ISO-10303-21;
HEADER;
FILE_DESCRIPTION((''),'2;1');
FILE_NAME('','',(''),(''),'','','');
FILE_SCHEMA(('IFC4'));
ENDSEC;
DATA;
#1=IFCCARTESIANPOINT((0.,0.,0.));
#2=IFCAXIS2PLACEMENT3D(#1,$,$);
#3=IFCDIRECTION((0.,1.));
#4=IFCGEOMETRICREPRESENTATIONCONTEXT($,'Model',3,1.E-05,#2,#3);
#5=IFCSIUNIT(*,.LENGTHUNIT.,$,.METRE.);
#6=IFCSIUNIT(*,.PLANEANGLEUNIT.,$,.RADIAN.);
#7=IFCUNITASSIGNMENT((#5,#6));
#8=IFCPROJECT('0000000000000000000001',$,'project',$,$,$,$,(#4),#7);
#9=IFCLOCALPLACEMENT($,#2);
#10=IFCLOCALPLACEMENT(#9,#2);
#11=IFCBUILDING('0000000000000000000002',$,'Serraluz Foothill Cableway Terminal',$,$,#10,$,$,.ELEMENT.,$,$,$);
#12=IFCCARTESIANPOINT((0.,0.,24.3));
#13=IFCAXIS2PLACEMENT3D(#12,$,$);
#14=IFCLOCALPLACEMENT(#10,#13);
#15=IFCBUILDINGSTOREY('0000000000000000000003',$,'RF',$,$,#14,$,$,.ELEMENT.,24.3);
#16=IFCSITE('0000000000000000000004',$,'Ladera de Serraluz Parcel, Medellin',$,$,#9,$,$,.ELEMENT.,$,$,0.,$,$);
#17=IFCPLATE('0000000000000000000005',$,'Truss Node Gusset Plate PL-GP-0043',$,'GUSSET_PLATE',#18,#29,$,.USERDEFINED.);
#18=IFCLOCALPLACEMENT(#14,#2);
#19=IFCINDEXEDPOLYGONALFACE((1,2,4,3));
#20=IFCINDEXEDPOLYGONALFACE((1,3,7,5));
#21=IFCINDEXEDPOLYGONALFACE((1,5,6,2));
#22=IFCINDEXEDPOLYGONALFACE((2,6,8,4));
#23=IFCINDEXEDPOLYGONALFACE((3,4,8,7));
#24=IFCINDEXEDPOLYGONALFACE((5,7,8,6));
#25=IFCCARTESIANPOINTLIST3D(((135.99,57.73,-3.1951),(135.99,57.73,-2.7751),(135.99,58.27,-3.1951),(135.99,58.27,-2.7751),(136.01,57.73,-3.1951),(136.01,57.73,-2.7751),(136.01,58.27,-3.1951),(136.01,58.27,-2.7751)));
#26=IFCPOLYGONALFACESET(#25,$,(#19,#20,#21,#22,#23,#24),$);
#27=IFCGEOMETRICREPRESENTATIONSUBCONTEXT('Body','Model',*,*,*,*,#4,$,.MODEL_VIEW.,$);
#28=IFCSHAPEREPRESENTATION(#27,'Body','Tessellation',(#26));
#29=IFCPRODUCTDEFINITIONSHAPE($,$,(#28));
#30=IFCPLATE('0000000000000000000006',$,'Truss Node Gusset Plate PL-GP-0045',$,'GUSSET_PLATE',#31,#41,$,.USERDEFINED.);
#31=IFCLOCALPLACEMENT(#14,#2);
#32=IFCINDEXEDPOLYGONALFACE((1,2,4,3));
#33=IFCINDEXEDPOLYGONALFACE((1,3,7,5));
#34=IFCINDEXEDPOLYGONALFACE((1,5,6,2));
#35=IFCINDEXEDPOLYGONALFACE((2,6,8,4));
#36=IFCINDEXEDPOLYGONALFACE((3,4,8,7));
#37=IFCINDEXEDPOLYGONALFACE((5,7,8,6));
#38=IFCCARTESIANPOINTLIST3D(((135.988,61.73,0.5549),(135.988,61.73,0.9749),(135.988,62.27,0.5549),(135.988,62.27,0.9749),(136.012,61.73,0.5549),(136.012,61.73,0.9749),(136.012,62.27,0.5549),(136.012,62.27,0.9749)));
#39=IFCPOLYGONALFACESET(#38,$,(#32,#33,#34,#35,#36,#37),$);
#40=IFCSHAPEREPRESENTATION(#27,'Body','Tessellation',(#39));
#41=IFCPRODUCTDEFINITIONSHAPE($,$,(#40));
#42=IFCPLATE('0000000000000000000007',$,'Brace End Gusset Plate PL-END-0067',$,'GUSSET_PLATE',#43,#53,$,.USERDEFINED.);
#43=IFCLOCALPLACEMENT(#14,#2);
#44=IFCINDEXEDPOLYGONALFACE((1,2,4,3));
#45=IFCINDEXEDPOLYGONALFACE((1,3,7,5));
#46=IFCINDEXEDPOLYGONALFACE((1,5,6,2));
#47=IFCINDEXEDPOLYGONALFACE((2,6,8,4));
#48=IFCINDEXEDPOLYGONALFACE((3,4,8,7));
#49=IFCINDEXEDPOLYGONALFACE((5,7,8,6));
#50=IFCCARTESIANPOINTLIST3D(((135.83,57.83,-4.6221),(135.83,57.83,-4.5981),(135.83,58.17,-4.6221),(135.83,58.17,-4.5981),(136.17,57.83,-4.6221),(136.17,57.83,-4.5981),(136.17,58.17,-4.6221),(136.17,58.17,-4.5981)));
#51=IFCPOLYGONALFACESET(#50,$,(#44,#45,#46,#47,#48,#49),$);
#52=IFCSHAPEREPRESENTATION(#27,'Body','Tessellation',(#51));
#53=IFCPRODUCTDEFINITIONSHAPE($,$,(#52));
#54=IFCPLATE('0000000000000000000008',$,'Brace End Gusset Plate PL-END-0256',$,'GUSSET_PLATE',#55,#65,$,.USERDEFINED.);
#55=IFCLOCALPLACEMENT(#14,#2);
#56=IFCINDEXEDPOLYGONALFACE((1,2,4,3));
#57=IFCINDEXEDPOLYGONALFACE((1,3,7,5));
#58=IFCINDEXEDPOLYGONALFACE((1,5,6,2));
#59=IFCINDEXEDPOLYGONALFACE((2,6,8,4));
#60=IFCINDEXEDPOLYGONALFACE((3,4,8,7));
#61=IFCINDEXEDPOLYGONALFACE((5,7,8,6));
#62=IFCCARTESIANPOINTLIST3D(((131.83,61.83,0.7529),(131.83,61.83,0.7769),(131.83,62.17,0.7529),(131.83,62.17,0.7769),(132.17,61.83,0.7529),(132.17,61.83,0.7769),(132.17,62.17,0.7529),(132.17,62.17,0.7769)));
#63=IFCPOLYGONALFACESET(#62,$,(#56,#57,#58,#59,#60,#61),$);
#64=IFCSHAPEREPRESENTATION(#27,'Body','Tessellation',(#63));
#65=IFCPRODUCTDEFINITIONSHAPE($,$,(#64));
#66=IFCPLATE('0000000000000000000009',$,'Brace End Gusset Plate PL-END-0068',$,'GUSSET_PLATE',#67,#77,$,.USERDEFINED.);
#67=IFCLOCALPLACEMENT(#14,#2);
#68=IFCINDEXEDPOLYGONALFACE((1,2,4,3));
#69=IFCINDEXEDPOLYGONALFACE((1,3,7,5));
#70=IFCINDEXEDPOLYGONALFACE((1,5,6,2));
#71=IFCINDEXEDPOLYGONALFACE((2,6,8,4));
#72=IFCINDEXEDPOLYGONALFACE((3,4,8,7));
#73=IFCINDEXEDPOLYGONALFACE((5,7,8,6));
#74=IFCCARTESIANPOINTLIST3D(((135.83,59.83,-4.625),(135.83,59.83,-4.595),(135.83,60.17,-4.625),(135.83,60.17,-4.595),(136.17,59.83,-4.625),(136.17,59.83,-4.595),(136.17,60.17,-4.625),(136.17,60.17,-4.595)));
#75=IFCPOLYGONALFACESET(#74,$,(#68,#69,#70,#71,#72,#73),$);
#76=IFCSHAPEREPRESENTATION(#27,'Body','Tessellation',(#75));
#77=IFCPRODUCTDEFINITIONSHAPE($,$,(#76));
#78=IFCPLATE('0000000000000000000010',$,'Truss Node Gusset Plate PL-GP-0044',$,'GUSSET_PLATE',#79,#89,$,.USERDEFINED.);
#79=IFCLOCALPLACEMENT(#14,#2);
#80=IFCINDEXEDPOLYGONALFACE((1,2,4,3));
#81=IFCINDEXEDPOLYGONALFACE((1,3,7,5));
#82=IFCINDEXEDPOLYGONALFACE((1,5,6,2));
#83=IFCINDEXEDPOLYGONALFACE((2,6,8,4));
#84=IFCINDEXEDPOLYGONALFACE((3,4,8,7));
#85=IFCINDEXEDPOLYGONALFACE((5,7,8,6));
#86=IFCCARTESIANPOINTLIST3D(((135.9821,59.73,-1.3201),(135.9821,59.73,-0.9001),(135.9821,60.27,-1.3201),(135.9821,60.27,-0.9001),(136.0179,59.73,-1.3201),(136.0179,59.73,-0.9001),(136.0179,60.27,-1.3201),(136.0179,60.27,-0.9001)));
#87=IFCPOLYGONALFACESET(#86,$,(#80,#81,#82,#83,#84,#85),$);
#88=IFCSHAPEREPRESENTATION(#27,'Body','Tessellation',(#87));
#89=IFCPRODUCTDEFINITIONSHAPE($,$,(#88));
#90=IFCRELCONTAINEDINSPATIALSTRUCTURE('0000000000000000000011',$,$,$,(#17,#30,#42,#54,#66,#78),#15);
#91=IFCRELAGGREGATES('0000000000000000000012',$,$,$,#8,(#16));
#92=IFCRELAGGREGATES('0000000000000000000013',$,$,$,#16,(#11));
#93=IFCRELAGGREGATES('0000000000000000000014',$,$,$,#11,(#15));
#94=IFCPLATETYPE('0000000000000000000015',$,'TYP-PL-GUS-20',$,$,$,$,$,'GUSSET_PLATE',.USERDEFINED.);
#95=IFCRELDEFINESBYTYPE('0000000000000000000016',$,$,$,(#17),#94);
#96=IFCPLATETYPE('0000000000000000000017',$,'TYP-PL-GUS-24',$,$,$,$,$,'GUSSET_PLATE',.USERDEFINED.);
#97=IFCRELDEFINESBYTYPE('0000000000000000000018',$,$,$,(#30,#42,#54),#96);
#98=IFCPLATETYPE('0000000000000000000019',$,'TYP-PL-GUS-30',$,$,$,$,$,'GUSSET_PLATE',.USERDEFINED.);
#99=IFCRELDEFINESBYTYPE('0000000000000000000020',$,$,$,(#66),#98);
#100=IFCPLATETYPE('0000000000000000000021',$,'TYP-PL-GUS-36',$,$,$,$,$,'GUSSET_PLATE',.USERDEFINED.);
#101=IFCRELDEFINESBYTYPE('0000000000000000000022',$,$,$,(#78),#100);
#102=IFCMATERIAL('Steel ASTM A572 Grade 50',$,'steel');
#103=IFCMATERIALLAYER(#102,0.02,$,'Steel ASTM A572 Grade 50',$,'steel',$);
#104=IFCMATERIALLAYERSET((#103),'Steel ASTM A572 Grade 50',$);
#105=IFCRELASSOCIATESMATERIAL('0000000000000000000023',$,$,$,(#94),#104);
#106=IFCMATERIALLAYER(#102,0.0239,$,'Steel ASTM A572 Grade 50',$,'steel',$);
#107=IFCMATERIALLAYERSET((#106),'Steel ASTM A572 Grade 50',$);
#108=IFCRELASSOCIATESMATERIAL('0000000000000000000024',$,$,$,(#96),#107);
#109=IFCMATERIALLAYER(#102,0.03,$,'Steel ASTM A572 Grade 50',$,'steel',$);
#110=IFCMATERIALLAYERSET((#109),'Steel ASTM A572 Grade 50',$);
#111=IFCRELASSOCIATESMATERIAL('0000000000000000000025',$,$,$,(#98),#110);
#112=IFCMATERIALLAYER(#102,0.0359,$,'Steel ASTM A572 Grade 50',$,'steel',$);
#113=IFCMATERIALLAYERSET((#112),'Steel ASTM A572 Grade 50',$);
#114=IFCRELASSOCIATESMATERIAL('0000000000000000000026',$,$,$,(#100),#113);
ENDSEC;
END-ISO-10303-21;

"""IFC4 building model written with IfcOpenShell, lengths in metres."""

from ifc_helpers import new_model, si_unit, direction, frame, origin, origin_2d, place, context, subcontext, project, spatial, rectangle, extrude, material, layer, layer_set, type_object, element, save


model = new_model("IFC4")

# Units and contexts
model_context = context("Model", 3, precision=1e-05, world=origin(), true_north=direction((0.0, 1.0)))
body_context = subcontext(model_context, "Body", "Model", "MODEL_VIEW")
ifc_project = project(units=[si_unit("LENGTHUNIT", "METRE"), si_unit("PLANEANGLEUNIT", "RADIAN")], contexts=[model_context])

# Site, building, storey
site_placement = place(None, origin())
site = spatial("IfcSite", under=ifc_project, at=site_placement, Name="Ladera de Serraluz Parcel, Medellin", CompositionType="ELEMENT", RefElevation=0.0)
building_placement = place(site_placement, origin())
building = spatial("IfcBuilding", under=site, at=building_placement, Name="Serraluz Foothill Cableway Terminal", CompositionType="ELEMENT")
storey_placement = place(building_placement, frame((0.0, 0.0, 24.3)))
storey = spatial("IfcBuildingStorey", under=building, at=storey_placement, Name="RF", CompositionType="ELEMENT", Elevation=24.3)

# Shared definitions
ifc_material_1 = material(Name="Steel ASTM A572 Grade 50", Category="steel")

# Plates
ifc_layer_1 = layer(ifc_material_1, 0.02, Name="Steel ASTM A572 Grade 50", Category="steel")
ifc_layer_set_1 = layer_set([ifc_layer_1], Name="Steel ASTM A572 Grade 50")
plate_type_1 = type_object("IfcPlateType", Name="TYP-PL-GUS-20", ElementType="GUSSET_PLATE", PredefinedType="USERDEFINED", material=ifc_layer_set_1)
plate_1_placement = place(storey_placement, frame((136.0, 58.0, -3.1951), z_axis=(0.0, 0.0, 1.0), x_axis=(1.0, 0.0, 0.0)))
element("IfcPlate", 1, at=plate_1_placement, inside=storey, type_object=plate_type_1, Name="Truss Node Gusset Plate PL-GP-0043", ObjectType="GUSSET_PLATE", PredefinedType="USERDEFINED", context=body_context, shape_type="SweptSolid", body=[
    extrude(rectangle(XDim=0.02, YDim=0.54, at=origin_2d()), origin(), (0.0, 0.0, 1.0), 0.4199),
])
ifc_layer_2 = layer(ifc_material_1, 0.0239, Name="Steel ASTM A572 Grade 50", Category="steel")
ifc_layer_set_2 = layer_set([ifc_layer_2], Name="Steel ASTM A572 Grade 50")
plate_type_2 = type_object("IfcPlateType", Name="TYP-PL-GUS-24", ElementType="GUSSET_PLATE", PredefinedType="USERDEFINED", material=ifc_layer_set_2)
plate_2_placement = place(storey_placement, frame((136.0, 62.0, 0.5549), z_axis=(0.0, 0.0, 1.0), x_axis=(1.0, 0.0, 0.0)))
element("IfcPlate", 2, at=plate_2_placement, inside=storey, type_object=plate_type_2, Name="Truss Node Gusset Plate PL-GP-0045", ObjectType="GUSSET_PLATE", PredefinedType="USERDEFINED", context=body_context, shape_type="SweptSolid", body=[
    extrude(rectangle(XDim=0.0239, YDim=0.54, at=origin_2d()), origin(), (0.0, 0.0, 1.0), 0.4199),
])
for number, where, z_axis, x_axis, name in (
    (3, (136.0, 58.0, -4.6221), (0.0, 0.0, 1.0), (1.0, 0.0, 0.0), "Brace End Gusset Plate PL-END-0067"),
    (4, (132.0, 62.0, 0.7529), (0.0, 0.0, 1.0), (1.0, 0.0, 0.0), "Brace End Gusset Plate PL-END-0256"),
):
    element("IfcPlate", number, at=place(storey_placement, frame(where, z_axis=z_axis, x_axis=x_axis)), inside=storey, type_object=plate_type_2, Name=name, ObjectType="GUSSET_PLATE", PredefinedType="USERDEFINED", context=body_context, shape_type="SweptSolid", body=[
        extrude(rectangle(XDim=0.3401, YDim=0.3401, at=origin_2d()), origin(), (0.0, 0.0, 1.0), 0.0239),
    ])
ifc_layer_3 = layer(ifc_material_1, 0.03, Name="Steel ASTM A572 Grade 50", Category="steel")
ifc_layer_set_3 = layer_set([ifc_layer_3], Name="Steel ASTM A572 Grade 50")
plate_type_3 = type_object("IfcPlateType", Name="TYP-PL-GUS-30", ElementType="GUSSET_PLATE", PredefinedType="USERDEFINED", material=ifc_layer_set_3)
plate_3_placement = place(storey_placement, frame((136.0, 60.0, -4.625), z_axis=(0.0, 0.0, 1.0), x_axis=(1.0, 0.0, 0.0)))
element("IfcPlate", 5, at=plate_3_placement, inside=storey, type_object=plate_type_3, Name="Brace End Gusset Plate PL-END-0068", ObjectType="GUSSET_PLATE", PredefinedType="USERDEFINED", context=body_context, shape_type="SweptSolid", body=[
    extrude(rectangle(XDim=0.3401, YDim=0.3401, at=origin_2d()), origin(), (0.0, 0.0, 1.0), 0.03),
])
ifc_layer_4 = layer(ifc_material_1, 0.0359, Name="Steel ASTM A572 Grade 50", Category="steel")
ifc_layer_set_4 = layer_set([ifc_layer_4], Name="Steel ASTM A572 Grade 50")
plate_type_4 = type_object("IfcPlateType", Name="TYP-PL-GUS-36", ElementType="GUSSET_PLATE", PredefinedType="USERDEFINED", material=ifc_layer_set_4)
plate_4_placement = place(storey_placement, frame((136.0, 60.0, -1.3201), z_axis=(0.0, 0.0, 1.0), x_axis=(1.0, 0.0, 0.0)))
element("IfcPlate", 6, at=plate_4_placement, inside=storey, type_object=plate_type_4, Name="Truss Node Gusset Plate PL-GP-0044", ObjectType="GUSSET_PLATE", PredefinedType="USERDEFINED", context=body_context, shape_type="SweptSolid", body=[
    extrude(rectangle(XDim=0.0359, YDim=0.54, at=origin_2d()), origin(), (0.0, 0.0, 1.0), 0.4199),
])

save(model, "model.ifc")
